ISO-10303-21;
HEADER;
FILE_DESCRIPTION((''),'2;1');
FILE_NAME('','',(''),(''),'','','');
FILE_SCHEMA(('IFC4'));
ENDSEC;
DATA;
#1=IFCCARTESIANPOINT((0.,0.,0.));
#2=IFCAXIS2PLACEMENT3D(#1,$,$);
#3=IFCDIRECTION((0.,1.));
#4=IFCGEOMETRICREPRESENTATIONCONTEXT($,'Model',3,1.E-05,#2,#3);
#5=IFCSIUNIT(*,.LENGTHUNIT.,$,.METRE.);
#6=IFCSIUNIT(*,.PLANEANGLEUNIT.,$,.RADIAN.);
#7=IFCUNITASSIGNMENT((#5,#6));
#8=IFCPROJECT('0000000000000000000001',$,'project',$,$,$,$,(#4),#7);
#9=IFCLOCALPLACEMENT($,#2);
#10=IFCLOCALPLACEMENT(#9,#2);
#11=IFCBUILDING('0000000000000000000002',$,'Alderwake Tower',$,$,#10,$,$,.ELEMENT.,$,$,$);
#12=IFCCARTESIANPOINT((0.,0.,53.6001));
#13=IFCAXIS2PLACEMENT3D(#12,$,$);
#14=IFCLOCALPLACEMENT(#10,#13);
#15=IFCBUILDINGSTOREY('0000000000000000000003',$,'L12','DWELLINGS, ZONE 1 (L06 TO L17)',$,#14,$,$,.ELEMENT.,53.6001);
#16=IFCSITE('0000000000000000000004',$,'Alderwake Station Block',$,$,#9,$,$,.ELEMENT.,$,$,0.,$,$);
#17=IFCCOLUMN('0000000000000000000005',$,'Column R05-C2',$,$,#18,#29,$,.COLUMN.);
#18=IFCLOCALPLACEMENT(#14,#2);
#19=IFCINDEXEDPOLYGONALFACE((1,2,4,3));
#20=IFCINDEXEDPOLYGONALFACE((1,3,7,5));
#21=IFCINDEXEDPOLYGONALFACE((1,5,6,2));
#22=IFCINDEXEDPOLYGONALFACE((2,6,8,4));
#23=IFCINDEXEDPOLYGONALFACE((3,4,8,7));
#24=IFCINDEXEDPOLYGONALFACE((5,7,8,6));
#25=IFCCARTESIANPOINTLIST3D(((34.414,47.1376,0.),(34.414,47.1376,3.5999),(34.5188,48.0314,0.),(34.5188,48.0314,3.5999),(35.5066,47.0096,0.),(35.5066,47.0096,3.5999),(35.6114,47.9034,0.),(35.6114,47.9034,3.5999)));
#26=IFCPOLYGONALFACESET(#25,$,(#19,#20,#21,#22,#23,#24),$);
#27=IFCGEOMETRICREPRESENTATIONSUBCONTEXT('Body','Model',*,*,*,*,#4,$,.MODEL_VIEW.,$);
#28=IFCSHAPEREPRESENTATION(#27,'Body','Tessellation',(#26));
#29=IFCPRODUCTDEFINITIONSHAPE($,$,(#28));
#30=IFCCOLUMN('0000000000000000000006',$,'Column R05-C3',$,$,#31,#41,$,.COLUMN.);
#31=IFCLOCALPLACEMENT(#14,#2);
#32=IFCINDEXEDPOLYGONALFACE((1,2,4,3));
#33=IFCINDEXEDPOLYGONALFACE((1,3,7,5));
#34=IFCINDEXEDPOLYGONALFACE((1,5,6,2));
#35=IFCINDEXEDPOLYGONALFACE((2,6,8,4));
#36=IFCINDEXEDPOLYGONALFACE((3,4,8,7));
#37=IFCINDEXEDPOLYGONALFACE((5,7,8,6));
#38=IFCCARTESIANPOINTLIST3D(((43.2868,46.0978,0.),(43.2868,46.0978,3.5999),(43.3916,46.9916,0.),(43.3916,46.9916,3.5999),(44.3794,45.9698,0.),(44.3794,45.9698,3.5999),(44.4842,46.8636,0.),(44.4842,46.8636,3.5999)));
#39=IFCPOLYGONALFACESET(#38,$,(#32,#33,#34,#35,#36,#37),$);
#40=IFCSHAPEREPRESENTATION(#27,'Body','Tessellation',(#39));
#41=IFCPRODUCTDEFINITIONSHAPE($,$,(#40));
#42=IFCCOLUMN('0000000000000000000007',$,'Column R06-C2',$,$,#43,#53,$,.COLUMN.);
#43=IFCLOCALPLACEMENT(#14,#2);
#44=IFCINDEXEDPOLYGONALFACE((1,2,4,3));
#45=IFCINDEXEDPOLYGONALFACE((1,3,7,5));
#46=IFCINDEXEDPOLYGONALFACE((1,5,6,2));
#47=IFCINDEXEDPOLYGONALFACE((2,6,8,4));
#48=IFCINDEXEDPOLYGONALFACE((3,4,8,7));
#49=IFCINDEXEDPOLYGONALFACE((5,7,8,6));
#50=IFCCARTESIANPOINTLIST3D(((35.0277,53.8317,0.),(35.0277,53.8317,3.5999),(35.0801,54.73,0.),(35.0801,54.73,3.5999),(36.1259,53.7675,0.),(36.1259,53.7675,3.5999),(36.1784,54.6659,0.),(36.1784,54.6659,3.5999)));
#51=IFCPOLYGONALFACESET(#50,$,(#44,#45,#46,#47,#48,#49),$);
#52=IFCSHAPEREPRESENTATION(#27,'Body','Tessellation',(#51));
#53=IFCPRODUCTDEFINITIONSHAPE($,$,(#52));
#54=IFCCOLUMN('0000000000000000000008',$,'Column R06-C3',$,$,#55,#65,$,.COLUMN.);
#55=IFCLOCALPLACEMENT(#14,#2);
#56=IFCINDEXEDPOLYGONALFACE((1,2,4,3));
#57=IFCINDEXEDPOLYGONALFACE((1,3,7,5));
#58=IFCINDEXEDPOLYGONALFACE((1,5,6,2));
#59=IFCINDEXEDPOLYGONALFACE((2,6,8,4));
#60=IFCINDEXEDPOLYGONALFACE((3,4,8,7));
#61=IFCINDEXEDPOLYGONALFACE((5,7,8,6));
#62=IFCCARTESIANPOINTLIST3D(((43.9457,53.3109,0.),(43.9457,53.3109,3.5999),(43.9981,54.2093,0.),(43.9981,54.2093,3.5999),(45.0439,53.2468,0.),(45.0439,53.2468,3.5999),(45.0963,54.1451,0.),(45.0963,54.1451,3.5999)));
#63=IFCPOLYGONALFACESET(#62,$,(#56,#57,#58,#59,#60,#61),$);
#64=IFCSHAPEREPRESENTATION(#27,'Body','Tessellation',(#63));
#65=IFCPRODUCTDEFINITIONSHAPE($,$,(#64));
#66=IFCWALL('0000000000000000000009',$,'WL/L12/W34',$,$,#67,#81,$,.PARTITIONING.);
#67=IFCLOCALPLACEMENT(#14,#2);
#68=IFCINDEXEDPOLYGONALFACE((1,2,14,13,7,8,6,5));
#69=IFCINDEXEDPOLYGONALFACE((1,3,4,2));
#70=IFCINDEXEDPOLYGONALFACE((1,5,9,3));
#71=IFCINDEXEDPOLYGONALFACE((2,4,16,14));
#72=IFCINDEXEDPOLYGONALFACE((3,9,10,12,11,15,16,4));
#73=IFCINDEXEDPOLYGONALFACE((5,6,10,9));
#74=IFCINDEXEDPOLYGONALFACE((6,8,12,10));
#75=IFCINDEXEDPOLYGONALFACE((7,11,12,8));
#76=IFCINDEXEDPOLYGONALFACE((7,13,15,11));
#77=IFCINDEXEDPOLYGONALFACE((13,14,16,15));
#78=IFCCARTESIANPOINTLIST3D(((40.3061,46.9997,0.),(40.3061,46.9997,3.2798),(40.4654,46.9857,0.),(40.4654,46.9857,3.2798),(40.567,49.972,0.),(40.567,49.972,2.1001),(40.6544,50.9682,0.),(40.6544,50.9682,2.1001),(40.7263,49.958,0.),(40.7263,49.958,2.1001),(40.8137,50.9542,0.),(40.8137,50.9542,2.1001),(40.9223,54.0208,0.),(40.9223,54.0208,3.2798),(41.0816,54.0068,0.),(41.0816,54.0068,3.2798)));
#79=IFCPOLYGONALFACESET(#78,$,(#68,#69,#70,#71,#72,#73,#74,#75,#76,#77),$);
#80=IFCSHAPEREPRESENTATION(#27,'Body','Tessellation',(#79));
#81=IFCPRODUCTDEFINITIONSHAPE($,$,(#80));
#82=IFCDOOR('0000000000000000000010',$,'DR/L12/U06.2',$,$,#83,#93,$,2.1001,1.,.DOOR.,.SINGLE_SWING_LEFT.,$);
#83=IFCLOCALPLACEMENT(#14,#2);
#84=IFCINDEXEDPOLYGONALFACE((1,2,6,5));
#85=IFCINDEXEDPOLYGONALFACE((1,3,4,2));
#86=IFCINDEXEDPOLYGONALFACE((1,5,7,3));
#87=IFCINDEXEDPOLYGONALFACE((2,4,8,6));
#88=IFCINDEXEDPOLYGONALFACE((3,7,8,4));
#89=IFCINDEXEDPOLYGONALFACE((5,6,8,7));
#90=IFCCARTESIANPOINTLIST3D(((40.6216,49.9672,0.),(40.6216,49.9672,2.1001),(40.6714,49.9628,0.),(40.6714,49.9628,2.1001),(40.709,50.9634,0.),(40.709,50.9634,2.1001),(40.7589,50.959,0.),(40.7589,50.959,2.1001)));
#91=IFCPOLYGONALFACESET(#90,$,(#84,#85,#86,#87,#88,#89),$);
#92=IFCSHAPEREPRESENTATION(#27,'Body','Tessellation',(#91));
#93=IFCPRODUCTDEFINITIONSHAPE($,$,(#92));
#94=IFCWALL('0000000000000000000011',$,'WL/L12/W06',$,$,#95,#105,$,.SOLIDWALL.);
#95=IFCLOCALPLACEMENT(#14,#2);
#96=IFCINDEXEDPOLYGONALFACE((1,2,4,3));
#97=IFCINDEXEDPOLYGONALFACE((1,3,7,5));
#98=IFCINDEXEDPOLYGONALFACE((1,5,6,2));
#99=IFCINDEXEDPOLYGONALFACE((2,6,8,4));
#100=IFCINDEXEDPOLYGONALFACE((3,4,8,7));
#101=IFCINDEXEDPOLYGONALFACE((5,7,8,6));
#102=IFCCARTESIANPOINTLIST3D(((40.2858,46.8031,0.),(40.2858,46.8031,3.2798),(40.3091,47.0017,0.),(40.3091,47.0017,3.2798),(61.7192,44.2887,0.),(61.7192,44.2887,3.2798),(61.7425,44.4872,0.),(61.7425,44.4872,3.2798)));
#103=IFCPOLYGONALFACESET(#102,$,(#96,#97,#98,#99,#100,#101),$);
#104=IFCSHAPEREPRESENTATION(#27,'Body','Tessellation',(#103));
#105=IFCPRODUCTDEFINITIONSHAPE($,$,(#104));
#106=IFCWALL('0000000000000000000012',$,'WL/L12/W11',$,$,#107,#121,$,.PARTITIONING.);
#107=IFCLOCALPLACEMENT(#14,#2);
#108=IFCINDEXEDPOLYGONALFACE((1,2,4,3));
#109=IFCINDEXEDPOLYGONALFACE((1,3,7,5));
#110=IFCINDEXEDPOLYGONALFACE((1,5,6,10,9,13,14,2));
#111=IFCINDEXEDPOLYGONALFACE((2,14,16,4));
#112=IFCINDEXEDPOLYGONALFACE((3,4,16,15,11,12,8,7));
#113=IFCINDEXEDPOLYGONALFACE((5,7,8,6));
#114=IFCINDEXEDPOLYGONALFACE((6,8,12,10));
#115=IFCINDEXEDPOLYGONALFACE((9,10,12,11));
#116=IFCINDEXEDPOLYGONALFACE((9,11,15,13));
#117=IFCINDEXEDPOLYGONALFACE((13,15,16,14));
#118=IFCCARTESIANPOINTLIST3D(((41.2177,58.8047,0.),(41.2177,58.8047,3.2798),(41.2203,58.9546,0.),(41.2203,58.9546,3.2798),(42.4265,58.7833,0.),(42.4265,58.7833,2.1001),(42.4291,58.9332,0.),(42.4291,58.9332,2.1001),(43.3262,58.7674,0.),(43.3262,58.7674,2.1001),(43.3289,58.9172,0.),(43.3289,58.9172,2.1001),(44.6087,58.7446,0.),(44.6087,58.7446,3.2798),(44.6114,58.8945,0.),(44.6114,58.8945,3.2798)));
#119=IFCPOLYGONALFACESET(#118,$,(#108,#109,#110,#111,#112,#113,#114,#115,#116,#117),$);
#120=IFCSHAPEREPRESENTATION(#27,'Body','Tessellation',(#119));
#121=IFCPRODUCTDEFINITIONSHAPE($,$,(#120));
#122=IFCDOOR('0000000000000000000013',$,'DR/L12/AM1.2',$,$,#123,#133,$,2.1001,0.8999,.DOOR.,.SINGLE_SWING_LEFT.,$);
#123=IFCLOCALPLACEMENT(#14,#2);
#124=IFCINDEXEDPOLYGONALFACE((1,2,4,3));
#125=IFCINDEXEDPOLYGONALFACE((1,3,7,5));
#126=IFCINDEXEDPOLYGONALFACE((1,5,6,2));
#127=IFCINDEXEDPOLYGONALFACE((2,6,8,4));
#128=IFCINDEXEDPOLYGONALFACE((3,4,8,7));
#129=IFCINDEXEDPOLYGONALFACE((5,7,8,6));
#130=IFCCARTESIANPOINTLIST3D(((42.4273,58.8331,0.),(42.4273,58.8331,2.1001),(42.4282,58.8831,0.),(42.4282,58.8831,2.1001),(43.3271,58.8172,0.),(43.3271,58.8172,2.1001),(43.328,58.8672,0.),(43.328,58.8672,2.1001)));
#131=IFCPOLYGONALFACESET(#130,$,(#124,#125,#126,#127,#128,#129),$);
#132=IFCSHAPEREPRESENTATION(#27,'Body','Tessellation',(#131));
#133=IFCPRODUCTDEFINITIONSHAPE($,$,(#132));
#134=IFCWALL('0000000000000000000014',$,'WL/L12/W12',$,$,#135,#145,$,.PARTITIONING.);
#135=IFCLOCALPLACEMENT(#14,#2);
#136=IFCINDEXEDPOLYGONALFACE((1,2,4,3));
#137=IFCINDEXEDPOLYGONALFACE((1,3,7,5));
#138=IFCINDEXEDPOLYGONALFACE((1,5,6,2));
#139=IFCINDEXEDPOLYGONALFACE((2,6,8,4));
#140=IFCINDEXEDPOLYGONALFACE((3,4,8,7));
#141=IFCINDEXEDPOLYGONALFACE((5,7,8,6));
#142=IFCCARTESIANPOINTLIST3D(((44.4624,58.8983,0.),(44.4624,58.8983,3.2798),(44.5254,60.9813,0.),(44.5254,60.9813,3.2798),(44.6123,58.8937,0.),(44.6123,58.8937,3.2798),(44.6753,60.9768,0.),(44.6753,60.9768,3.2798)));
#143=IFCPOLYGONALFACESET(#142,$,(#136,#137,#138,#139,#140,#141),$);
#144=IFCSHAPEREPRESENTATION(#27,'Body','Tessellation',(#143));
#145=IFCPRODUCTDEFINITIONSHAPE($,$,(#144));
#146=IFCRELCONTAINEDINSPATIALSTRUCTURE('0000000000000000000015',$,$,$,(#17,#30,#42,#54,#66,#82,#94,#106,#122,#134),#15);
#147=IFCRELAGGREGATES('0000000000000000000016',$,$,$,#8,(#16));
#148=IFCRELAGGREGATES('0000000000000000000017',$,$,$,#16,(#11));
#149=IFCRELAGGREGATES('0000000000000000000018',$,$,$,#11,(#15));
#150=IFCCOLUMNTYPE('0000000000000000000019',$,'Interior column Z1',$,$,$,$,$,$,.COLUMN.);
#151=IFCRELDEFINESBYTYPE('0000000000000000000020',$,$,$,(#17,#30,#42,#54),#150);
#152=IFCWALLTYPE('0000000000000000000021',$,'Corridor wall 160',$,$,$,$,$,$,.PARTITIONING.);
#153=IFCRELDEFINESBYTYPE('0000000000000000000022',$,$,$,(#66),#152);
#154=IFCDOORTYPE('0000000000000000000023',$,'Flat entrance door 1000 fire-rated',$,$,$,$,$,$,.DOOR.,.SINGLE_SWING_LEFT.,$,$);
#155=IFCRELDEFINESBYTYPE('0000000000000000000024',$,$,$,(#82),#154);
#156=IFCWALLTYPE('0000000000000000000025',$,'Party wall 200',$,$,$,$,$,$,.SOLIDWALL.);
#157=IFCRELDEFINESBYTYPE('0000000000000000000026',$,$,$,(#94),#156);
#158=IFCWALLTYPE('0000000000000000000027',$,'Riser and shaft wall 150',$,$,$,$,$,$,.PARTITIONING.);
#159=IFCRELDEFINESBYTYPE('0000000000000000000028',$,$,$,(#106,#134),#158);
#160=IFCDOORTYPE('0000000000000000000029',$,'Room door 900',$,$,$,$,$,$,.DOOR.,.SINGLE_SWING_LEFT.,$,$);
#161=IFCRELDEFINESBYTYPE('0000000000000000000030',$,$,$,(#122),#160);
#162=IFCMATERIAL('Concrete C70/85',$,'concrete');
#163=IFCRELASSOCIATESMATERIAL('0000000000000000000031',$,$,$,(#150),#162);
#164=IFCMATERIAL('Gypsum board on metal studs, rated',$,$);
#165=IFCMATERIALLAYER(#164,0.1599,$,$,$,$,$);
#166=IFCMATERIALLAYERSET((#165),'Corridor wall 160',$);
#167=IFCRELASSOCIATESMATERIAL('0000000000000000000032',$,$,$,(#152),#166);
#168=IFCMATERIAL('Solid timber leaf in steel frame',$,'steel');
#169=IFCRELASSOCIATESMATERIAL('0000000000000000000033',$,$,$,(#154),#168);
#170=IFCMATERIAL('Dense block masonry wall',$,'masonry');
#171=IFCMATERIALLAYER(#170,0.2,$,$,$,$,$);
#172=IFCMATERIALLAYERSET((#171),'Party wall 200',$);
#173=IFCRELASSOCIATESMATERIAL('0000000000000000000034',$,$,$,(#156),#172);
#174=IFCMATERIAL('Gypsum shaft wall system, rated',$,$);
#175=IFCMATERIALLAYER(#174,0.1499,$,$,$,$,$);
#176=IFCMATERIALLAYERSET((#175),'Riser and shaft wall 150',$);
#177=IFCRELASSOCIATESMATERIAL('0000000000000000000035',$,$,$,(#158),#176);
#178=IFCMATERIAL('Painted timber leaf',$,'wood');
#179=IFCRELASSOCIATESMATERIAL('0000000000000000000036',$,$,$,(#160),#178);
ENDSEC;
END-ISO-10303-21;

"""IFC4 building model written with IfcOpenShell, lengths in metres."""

from ifc_helpers import new_model, si_unit, direction, frame, frame_2d, origin, origin_2d, place, context, subcontext, project, spatial, rectangle, extrude, material, layer, layer_set, material_profile, profile_set, type_object, element, fill, save


model = new_model("IFC4")

# Units and contexts
model_context = context("Model", 3, precision=1e-05, world=origin(), true_north=direction((0.0, 1.0)))
body_context = subcontext(model_context, "Body", "Model", "MODEL_VIEW")
ifc_project = project(units=[si_unit("LENGTHUNIT", "METRE"), si_unit("PLANEANGLEUNIT", "RADIAN")], contexts=[model_context])

# Site, building, storey
site_placement = place(None, origin())
site = spatial("IfcSite", under=ifc_project, at=site_placement, Name="Alderwake Station Block", CompositionType="ELEMENT", RefElevation=0.0)
building_placement = place(site_placement, origin())
building = spatial("IfcBuilding", under=site, at=building_placement, Name="Alderwake Tower", CompositionType="ELEMENT")
storey_placement = place(building_placement, frame((0.0, 0.0, 53.6001)))
storey = spatial("IfcBuildingStorey", under=building, at=storey_placement, Name="L12", Description="DWELLINGS, ZONE 1 (L06 TO L17)", CompositionType="ELEMENT", Elevation=53.6001)

# Columns
ifc_material_1 = material(Name="Concrete C70/85", Category="concrete")
ifc_material_profile = material_profile(ifc_material_1, rectangle(XDim=0.8999, YDim=1.1001, at=origin_2d()), Name="RC 1100X900")
ifc_profile_set = profile_set([ifc_material_profile], Name="Concrete C70/85")
column_type = type_object("IfcColumnType", Name="Interior column Z1", PredefinedType="COLUMN", material=ifc_profile_set)
for number, where, z_axis, x_axis, name in (
    (1, (35.0127, 47.5205, 0.0), (0.0, 0.0, 1.0), (0.116402, 0.993202, 0.0), "Column R05-C2"),
    (2, (43.8855, 46.4807, 0.0), (0.0, 0.0, 1.0), (0.116402, 0.993202, 0.0), "Column R05-C3"),
    (3, (35.603, 54.2488, 0.0), (0.0, 0.0, 1.0), (0.058301, 0.998299, 0.0), "Column R06-C2"),
    (4, (44.521, 53.728, 0.0), (0.0, 0.0, 1.0), (0.058301, 0.998299, 0.0), "Column R06-C3"),
):
    element("IfcColumn", number, at=place(storey_placement, frame(where, z_axis=z_axis, x_axis=x_axis)), inside=storey, type_object=column_type, Name=name, PredefinedType="COLUMN", context=body_context, shape_type="SweptSolid", body=[
        extrude(rectangle(XDim=0.8999, YDim=1.1001, at=origin_2d()), origin(), (0.0, 0.0, 1.0), 3.5999),
    ])

# Wall, opening, door
ifc_material_2 = material(Name="Gypsum board on metal studs, rated")
ifc_layer_1 = layer(ifc_material_2, 0.1599)
ifc_layer_set_1 = layer_set([ifc_layer_1], Name="Corridor wall 160")
wall_type_1 = type_object("IfcWallType", Name="Corridor wall 160", PredefinedType="PARTITIONING", material=ifc_layer_set_1)
wall_1_placement = place(storey_placement, frame((41.002, 54.0137, 0.0), z_axis=(0.0, 0.0, 1.0), x_axis=(-0.087431, -0.996171, 0.0)))
wall_1 = element("IfcWall", 5, at=wall_1_placement, inside=storey, type_object=wall_type_1, Name="WL/L12/W34", PredefinedType="PARTITIONING", context=body_context, shape_type="SweptSolid", body=[
    extrude(rectangle(XDim=7.0481, YDim=0.1599, at=frame_2d((3.5239, 0.0))), origin(), (0.0, 0.0, 1.0), 3.2798),
])
opening_1_placement = place(wall_1_placement, frame((3.0642, 0.0, 0.0)))
opening_1 = element("IfcOpeningElement", 6, at=opening_1_placement, cuts=wall_1, PredefinedType="OPENING", context=body_context, shape_type="SweptSolid", body=[
    extrude(rectangle(XDim=1.0, YDim=2.1001, at=frame_2d((0.5, 1.05))), frame((0.0, 0.0898, 0.0), z_axis=(0.0, -1.0, 0.0), x_axis=(1.0, 0.0, 0.0)), (0.0, 0.0, 1.0), 0.1799),
])
ifc_material_3 = material(Name="Solid timber leaf in steel frame", Category="steel")
door_type_1 = type_object("IfcDoorType", Name="Flat entrance door 1000 fire-rated", OperationType="SINGLE_SWING_LEFT", PredefinedType="DOOR", material=ifc_material_3)
door_1_placement = place(opening_1_placement, origin())
door_1 = element("IfcDoor", 7, at=door_1_placement, inside=storey, type_object=door_type_1, Name="DR/L12/U06.2", OperationType="SINGLE_SWING_LEFT", OverallHeight=2.1001, OverallWidth=1.0, PredefinedType="DOOR", context=body_context, shape_type="SweptSolid", body=[
    extrude(rectangle(XDim=1.0, YDim=2.1001, at=frame_2d((0.5, 1.05))), frame((0.0, 0.0249, 0.0), z_axis=(0.0, -1.0, 0.0), x_axis=(1.0, 0.0, 0.0)), (0.0, 0.0, 1.0), 0.05),
])
fill(opening_1, door_1)

# Wall
ifc_material_4 = material(Name="Dense block masonry wall", Category="masonry")
ifc_layer_2 = layer(ifc_material_4, 0.2)
ifc_layer_set_2 = layer_set([ifc_layer_2], Name="Party wall 200")
wall_type_2 = type_object("IfcWallType", Name="Party wall 200", PredefinedType="SOLIDWALL", material=ifc_layer_set_2)
wall_2_placement = place(storey_placement, frame((40.2976, 46.9023, 0.0), z_axis=(0.0, 0.0, 1.0), x_axis=(0.993189, -0.116514, 0.0)))
element("IfcWall", 8, at=wall_2_placement, inside=storey, type_object=wall_type_2, Name="WL/L12/W06", PredefinedType="SOLIDWALL", context=body_context, shape_type="SweptSolid", body=[
    extrude(rectangle(XDim=21.5803, YDim=0.2, at=frame_2d((10.79, 0.0))), origin(), (0.0, 0.0, 1.0), 3.2798),
])

# Wall, opening, door
ifc_material_5 = material(Name="Gypsum shaft wall system, rated")
ifc_layer_3 = layer(ifc_material_5, 0.1499)
ifc_layer_set_3 = layer_set([ifc_layer_3], Name="Riser and shaft wall 150")
wall_type_3 = type_object("IfcWallType", Name="Riser and shaft wall 150", PredefinedType="PARTITIONING", material=ifc_layer_set_3)
wall_3_placement = place(storey_placement, frame((41.219, 58.8796, 0.0), z_axis=(0.0, 0.0, 1.0), x_axis=(0.999843, -0.017708, 0.0)))
wall_3 = element("IfcWall", 9, at=wall_3_placement, inside=storey, type_object=wall_type_3, Name="WL/L12/W11", PredefinedType="PARTITIONING", context=body_context, shape_type="SweptSolid", body=[
    extrude(rectangle(XDim=3.3916, YDim=0.1499, at=frame_2d((1.6958, 0.0))), origin(), (0.0, 0.0, 1.0), 3.2798),
])
opening_2_placement = place(wall_3_placement, frame((1.209, 0.0, 0.0)))
opening_2 = element("IfcOpeningElement", 10, at=opening_2_placement, cuts=wall_3, PredefinedType="OPENING", context=body_context, shape_type="SweptSolid", body=[
    extrude(rectangle(XDim=0.8999, YDim=2.1001, at=frame_2d((0.45, 1.05))), frame((0.0, 0.085, 0.0), z_axis=(0.0, -1.0, 0.0), x_axis=(1.0, 0.0, 0.0)), (0.0, 0.0, 1.0), 0.1699),
])
ifc_material_6 = material(Name="Painted timber leaf", Category="wood")
door_type_2 = type_object("IfcDoorType", Name="Room door 900", OperationType="SINGLE_SWING_LEFT", PredefinedType="DOOR", material=ifc_material_6)
door_2_placement = place(opening_2_placement, origin())
door_2 = element("IfcDoor", 11, at=door_2_placement, inside=storey, type_object=door_type_2, Name="DR/L12/AM1.2", OperationType="SINGLE_SWING_LEFT", OverallHeight=2.1001, OverallWidth=0.8999, PredefinedType="DOOR", context=body_context, shape_type="SweptSolid", body=[
    extrude(rectangle(XDim=0.8999, YDim=2.1001, at=frame_2d((0.45, 1.05))), frame((0.0, 0.0249, 0.0), z_axis=(0.0, -1.0, 0.0), x_axis=(1.0, 0.0, 0.0)), (0.0, 0.0, 1.0), 0.05),
])
fill(opening_2, door_2)

# Wall
wall_4_placement = place(storey_placement, frame((44.5374, 58.896, 0.0), z_axis=(0.0, 0.0, 1.0), x_axis=(0.030225, 0.999543, 0.0)))
element("IfcWall", 12, at=wall_4_placement, inside=storey, type_object=wall_type_3, Name="WL/L12/W12", PredefinedType="PARTITIONING", context=body_context, shape_type="SweptSolid", body=[
    extrude(rectangle(XDim=2.084, YDim=0.1499, at=frame_2d((1.042, 0.0))), origin(), (0.0, 0.0, 1.0), 3.2798),
])

save(model, "model.ifc")
